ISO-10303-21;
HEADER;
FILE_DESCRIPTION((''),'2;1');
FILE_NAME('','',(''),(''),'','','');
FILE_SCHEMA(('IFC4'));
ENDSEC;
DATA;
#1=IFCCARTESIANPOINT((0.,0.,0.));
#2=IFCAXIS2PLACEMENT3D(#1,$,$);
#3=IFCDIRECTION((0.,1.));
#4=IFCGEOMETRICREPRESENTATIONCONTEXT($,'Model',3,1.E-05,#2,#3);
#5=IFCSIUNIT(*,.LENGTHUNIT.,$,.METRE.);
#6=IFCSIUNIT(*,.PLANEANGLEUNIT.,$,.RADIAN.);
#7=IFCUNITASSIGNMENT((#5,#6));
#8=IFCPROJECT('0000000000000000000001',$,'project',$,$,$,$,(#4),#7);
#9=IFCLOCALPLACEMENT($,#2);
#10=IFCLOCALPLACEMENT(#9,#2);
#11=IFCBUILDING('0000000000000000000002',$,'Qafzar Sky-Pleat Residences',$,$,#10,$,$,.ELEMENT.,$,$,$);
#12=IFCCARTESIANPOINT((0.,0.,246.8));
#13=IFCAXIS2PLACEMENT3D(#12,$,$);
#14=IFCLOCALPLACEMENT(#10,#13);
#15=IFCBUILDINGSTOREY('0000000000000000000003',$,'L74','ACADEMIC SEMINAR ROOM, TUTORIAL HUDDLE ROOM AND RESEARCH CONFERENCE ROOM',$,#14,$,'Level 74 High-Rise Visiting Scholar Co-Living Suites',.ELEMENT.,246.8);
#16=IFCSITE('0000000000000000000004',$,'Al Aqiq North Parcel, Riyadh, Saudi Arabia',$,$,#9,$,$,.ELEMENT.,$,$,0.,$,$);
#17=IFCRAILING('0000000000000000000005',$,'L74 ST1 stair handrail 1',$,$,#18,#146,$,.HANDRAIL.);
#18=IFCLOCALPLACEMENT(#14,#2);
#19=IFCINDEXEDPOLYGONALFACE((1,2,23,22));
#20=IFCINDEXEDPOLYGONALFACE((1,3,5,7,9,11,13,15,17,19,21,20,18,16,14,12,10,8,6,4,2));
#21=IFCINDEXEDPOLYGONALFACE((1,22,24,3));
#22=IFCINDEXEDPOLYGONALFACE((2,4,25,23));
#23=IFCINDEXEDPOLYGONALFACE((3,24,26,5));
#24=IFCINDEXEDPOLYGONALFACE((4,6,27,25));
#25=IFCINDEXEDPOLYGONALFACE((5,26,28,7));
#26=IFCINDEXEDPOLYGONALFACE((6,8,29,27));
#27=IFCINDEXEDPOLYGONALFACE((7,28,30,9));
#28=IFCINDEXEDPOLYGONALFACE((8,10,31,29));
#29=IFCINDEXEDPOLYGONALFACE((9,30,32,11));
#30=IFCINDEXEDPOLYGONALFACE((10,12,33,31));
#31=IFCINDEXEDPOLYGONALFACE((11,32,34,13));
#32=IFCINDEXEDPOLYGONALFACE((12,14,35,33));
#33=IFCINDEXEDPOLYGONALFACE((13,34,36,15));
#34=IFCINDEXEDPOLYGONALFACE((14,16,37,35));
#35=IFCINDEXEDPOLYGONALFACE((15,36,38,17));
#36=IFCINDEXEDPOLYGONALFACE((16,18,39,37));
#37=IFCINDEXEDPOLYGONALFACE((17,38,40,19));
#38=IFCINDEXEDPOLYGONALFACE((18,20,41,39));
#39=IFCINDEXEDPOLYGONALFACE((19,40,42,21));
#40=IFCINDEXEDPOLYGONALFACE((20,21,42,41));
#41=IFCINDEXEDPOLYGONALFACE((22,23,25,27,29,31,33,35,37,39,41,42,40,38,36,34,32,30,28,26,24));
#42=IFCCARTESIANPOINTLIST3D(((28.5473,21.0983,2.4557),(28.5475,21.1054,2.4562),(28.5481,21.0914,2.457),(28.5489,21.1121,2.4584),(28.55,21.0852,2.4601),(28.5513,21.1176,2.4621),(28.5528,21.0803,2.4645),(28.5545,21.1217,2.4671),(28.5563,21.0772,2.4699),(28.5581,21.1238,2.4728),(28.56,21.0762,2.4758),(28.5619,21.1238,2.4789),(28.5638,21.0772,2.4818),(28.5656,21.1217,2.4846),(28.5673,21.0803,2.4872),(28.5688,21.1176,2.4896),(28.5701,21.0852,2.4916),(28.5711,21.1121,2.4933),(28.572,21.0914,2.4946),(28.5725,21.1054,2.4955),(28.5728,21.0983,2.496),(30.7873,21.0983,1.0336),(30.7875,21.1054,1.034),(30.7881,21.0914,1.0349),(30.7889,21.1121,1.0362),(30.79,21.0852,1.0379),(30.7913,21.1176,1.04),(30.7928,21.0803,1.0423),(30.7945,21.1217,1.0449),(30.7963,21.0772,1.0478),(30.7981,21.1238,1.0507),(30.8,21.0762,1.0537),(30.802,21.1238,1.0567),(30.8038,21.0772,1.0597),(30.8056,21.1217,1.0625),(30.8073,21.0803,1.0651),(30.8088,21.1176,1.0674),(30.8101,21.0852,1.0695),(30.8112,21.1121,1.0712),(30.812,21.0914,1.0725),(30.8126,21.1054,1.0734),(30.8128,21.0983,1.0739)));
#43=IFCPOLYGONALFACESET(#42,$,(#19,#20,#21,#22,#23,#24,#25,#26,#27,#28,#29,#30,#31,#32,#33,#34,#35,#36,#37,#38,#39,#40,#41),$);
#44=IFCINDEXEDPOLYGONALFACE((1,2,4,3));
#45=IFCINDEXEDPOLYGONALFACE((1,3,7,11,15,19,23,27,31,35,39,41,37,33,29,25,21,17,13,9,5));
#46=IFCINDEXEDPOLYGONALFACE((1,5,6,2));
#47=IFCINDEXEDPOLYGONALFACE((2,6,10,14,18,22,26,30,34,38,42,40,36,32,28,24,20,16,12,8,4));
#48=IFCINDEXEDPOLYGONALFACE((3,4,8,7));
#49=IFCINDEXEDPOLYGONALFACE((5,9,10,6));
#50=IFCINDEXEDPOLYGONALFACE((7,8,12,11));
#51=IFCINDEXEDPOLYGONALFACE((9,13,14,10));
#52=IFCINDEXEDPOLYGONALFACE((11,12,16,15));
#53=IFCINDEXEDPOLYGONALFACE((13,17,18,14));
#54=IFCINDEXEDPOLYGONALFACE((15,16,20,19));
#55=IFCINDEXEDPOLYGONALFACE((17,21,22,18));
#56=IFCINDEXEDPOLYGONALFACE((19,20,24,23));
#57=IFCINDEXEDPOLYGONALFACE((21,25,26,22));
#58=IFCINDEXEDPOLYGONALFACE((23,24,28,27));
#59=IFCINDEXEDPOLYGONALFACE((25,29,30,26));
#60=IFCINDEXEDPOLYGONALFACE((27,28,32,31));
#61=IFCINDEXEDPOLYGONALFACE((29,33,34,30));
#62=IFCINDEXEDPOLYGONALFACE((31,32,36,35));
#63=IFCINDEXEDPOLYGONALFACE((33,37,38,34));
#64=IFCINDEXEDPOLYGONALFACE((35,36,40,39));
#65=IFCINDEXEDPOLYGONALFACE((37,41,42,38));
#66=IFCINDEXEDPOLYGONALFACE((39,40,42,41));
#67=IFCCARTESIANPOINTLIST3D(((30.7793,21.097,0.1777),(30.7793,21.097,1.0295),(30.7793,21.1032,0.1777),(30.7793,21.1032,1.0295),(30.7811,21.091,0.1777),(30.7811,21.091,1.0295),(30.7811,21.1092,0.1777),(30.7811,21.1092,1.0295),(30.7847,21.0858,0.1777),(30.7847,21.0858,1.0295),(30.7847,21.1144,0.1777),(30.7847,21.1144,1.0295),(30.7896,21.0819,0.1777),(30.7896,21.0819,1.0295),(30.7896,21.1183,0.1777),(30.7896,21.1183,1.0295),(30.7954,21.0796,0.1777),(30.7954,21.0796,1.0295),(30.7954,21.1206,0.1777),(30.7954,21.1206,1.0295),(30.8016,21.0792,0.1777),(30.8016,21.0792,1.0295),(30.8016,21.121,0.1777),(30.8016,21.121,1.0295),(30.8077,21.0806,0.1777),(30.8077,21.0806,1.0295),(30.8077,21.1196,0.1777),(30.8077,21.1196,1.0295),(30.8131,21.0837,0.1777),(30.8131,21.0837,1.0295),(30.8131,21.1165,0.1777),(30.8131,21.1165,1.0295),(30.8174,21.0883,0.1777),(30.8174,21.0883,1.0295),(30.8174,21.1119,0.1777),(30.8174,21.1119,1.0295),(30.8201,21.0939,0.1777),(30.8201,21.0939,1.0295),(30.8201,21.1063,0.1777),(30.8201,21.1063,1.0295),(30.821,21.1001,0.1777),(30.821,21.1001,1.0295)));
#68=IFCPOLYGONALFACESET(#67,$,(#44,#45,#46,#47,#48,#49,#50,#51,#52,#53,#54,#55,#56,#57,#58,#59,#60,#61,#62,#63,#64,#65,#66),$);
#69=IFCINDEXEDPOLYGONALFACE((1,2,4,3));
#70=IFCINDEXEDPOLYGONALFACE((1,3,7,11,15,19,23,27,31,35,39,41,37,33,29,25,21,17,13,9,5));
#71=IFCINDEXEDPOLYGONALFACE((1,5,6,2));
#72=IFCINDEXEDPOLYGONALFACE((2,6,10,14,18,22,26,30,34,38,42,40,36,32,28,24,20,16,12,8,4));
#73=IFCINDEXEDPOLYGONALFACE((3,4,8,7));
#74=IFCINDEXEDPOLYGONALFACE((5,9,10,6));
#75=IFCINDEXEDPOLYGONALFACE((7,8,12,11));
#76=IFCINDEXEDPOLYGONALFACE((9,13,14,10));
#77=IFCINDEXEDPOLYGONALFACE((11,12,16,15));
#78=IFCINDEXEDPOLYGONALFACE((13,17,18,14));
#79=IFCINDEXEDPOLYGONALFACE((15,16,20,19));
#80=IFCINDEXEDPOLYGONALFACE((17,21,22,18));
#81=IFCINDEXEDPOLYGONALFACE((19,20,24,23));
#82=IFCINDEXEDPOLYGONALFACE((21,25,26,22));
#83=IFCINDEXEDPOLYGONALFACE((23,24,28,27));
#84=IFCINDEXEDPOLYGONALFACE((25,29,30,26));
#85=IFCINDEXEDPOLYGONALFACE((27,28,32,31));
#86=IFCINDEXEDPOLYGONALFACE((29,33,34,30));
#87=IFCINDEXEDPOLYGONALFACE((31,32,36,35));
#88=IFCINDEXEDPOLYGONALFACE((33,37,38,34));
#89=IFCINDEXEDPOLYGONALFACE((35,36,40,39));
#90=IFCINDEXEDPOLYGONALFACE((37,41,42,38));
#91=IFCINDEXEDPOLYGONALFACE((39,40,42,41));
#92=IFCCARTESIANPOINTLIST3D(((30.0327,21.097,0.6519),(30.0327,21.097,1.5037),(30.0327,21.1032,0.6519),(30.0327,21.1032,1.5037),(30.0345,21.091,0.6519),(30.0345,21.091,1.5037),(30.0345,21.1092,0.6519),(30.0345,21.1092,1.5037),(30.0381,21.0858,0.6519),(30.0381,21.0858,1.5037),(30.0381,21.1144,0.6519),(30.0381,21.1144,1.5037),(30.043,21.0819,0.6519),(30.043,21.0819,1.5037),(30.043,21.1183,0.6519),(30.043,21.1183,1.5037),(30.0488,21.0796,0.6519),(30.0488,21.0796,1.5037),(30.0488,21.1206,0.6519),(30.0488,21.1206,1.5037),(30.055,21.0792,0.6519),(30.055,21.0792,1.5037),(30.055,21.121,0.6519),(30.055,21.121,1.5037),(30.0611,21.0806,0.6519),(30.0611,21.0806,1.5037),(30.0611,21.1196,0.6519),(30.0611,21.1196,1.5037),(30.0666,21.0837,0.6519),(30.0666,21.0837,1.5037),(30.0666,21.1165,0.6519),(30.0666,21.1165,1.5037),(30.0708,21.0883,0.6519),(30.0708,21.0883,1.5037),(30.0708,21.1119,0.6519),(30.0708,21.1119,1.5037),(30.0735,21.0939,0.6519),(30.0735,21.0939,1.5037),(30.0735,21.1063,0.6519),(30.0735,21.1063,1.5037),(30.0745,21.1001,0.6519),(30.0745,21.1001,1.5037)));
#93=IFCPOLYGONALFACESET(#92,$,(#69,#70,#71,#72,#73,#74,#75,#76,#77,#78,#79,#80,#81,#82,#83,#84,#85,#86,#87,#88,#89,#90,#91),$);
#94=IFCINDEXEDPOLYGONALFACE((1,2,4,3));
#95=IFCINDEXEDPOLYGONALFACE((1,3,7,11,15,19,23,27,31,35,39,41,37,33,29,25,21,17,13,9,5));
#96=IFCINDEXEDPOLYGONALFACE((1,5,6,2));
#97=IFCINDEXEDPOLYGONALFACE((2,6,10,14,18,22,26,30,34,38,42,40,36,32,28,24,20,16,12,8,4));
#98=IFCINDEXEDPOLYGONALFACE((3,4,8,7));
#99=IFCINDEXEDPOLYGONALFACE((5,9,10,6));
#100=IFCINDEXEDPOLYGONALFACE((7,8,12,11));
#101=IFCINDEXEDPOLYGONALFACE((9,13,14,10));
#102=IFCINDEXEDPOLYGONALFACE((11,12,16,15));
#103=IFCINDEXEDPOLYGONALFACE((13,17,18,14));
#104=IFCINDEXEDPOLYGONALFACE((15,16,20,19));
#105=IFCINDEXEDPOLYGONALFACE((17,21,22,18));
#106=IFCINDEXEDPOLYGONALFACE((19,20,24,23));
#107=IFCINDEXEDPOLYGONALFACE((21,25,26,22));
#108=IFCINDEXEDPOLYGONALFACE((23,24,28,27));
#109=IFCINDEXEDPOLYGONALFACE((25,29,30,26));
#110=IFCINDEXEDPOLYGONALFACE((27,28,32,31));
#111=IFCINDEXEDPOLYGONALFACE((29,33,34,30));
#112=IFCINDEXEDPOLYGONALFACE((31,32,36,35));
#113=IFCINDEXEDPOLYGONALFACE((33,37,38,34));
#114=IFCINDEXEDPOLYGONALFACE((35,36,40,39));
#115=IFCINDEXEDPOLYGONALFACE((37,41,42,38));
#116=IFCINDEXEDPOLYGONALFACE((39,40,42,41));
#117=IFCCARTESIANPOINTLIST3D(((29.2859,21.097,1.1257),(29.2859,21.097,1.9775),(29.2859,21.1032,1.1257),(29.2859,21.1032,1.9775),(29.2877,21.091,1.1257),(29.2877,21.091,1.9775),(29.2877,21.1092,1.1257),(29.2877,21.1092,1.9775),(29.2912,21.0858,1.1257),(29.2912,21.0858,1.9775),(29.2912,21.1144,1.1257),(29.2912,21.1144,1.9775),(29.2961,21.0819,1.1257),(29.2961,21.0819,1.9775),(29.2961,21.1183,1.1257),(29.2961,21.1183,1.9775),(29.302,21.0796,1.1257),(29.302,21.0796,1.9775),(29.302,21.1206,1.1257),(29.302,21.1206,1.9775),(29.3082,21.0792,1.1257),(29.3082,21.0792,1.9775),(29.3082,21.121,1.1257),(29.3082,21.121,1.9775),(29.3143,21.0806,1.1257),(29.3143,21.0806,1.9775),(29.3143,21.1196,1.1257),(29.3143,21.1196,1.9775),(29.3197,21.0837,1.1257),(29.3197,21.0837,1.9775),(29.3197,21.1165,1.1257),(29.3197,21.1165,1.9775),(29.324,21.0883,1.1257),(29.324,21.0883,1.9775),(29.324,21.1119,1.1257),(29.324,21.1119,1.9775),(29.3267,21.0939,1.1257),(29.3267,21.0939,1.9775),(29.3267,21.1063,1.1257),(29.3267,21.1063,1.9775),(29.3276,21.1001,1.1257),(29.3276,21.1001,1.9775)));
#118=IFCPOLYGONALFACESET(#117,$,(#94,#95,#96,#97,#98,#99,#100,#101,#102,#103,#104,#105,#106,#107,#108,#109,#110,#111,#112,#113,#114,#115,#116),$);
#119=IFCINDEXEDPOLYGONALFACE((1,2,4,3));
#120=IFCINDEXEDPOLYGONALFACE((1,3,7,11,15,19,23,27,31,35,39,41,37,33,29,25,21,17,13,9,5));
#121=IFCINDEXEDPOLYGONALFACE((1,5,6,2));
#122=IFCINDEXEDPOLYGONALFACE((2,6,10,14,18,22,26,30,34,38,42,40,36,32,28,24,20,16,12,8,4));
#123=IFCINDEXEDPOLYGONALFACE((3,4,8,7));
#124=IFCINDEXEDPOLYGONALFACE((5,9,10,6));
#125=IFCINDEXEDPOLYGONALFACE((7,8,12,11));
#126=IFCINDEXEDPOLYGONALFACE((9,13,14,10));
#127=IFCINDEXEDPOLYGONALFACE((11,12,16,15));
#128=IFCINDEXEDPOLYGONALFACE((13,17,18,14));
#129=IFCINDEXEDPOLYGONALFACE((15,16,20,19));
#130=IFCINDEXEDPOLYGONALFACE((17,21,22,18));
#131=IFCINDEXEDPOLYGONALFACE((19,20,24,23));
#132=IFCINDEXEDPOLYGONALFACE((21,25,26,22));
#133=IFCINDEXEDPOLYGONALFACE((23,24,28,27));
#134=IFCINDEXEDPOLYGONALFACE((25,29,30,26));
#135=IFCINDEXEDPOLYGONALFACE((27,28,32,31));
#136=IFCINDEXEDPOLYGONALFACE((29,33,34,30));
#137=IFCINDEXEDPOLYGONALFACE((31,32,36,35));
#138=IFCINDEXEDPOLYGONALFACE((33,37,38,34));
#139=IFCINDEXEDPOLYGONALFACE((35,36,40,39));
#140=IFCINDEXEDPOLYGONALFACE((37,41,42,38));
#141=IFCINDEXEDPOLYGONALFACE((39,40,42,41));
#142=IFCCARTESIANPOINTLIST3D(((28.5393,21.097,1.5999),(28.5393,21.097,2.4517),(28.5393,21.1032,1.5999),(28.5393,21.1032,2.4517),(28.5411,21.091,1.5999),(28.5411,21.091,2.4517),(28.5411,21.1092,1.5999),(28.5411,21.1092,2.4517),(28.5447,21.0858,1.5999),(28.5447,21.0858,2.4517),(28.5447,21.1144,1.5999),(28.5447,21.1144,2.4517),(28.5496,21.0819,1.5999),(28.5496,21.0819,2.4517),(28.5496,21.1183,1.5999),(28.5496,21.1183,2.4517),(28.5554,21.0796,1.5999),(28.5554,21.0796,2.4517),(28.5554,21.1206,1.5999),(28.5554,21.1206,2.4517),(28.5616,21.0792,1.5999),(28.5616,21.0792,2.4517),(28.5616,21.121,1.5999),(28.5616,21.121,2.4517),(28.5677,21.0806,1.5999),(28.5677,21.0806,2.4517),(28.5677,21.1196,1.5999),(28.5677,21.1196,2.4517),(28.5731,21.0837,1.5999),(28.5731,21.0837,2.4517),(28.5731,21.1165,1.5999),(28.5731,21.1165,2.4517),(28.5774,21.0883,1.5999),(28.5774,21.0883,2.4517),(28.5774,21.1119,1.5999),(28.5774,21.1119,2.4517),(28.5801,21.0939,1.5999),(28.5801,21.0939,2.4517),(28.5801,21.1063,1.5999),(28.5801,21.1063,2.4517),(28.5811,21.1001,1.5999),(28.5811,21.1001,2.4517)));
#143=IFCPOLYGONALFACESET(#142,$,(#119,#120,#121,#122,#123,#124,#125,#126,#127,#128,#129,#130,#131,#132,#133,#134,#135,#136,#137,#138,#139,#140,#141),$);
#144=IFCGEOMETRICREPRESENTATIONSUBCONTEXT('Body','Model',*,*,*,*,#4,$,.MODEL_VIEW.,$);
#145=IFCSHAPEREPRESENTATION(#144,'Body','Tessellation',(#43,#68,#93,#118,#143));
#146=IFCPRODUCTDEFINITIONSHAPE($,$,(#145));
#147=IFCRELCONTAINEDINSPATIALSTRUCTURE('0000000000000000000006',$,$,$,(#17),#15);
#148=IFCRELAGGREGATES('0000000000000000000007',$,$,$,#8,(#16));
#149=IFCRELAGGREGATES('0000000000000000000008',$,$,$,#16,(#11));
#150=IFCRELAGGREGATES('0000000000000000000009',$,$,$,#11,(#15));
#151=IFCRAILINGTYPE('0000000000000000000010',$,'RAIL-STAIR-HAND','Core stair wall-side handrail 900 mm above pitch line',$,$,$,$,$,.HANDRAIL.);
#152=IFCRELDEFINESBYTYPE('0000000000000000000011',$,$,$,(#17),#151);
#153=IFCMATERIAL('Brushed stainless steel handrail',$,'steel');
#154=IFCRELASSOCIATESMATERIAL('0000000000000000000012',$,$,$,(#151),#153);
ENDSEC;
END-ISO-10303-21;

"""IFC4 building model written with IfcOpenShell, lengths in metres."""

from ifc_helpers import new_model, si_unit, direction, frame, origin, origin_2d, place, context, subcontext, project, spatial, circle, extrude, source, transform, mapped, material, type_object, element, save


model = new_model("IFC4")

# Units and contexts
model_context = context("Model", 3, precision=1e-05, world=origin(), true_north=direction((0.0, 1.0)))
body_context = subcontext(model_context, "Body", "Model", "MODEL_VIEW")
ifc_project = project(units=[si_unit("LENGTHUNIT", "METRE"), si_unit("PLANEANGLEUNIT", "RADIAN")], contexts=[model_context])

# Site, building, storey
site_placement = place(None, origin())
site = spatial("IfcSite", under=ifc_project, at=site_placement, Name="Al Aqiq North Parcel, Riyadh, Saudi Arabia", CompositionType="ELEMENT", RefElevation=0.0)
building_placement = place(site_placement, origin())
building = spatial("IfcBuilding", under=site, at=building_placement, Name="Qafzar Sky-Pleat Residences", CompositionType="ELEMENT")
storey_placement = place(building_placement, frame((0.0, 0.0, 246.8)))
storey = spatial("IfcBuildingStorey", under=building, at=storey_placement, Name="L74", Description="ACADEMIC SEMINAR ROOM, TUTORIAL HUDDLE ROOM AND RESEARCH CONFERENCE ROOM", LongName="Level 74 High-Rise Visiting Scholar Co-Living Suites", CompositionType="ELEMENT", Elevation=246.8)

# Railing
ifc_material_1 = material(Name="Brushed stainless steel handrail", Category="steel")
railing_type_1 = type_object("IfcRailingType", Name="RAIL-STAIR-HAND", Description="Core stair wall-side handrail 900 mm above pitch line", PredefinedType="HANDRAIL", material=ifc_material_1)
shared_shape_1 = source(origin(), body_context, "Body", "SweptSolid", [
    extrude(circle(Radius=0.0239, at=origin_2d()), frame((0.0, 0.0, 0.876), z_axis=(-0.844229, 0.0, 0.535982), x_axis=(0.0, -1.0, 0.0)), (0.0, 0.0, 1.0), 2.6533),
    extrude(circle(Radius=0.021, at=origin_2d()), origin(), (0.0, 0.0, 1.0), 0.8518),
    extrude(circle(Radius=0.021, at=origin_2d()), frame((-0.7466, 0.0, 0.4741)), (0.0, 0.0, 1.0), 0.8518),
    extrude(circle(Radius=0.021, at=origin_2d()), frame((-1.4934, 0.0, 0.948)), (0.0, 0.0, 1.0), 0.8518),
    extrude(circle(Radius=0.021, at=origin_2d()), frame((-2.24, 0.0, 1.4221)), (0.0, 0.0, 1.0), 0.8518),
])
railing_1_placement = place(storey_placement, frame((30.8, 21.1001, 0.1777)))
element("IfcRailing", 1, at=railing_1_placement, inside=storey, type_object=railing_type_1, Name="L74 ST1 stair handrail 1", PredefinedType="HANDRAIL", context=body_context, shape_type="MappedRepresentation", body=[
    mapped(shared_shape_1, transform((0.0, 0.0, 0.0), x_axis=(1.0, 0.0, 0.0), y_axis=(0.0, 1.0, 0.0), z_axis=(0.0, 0.0, 1.0), scale=1.0)),
])

save(model, "model.ifc")
